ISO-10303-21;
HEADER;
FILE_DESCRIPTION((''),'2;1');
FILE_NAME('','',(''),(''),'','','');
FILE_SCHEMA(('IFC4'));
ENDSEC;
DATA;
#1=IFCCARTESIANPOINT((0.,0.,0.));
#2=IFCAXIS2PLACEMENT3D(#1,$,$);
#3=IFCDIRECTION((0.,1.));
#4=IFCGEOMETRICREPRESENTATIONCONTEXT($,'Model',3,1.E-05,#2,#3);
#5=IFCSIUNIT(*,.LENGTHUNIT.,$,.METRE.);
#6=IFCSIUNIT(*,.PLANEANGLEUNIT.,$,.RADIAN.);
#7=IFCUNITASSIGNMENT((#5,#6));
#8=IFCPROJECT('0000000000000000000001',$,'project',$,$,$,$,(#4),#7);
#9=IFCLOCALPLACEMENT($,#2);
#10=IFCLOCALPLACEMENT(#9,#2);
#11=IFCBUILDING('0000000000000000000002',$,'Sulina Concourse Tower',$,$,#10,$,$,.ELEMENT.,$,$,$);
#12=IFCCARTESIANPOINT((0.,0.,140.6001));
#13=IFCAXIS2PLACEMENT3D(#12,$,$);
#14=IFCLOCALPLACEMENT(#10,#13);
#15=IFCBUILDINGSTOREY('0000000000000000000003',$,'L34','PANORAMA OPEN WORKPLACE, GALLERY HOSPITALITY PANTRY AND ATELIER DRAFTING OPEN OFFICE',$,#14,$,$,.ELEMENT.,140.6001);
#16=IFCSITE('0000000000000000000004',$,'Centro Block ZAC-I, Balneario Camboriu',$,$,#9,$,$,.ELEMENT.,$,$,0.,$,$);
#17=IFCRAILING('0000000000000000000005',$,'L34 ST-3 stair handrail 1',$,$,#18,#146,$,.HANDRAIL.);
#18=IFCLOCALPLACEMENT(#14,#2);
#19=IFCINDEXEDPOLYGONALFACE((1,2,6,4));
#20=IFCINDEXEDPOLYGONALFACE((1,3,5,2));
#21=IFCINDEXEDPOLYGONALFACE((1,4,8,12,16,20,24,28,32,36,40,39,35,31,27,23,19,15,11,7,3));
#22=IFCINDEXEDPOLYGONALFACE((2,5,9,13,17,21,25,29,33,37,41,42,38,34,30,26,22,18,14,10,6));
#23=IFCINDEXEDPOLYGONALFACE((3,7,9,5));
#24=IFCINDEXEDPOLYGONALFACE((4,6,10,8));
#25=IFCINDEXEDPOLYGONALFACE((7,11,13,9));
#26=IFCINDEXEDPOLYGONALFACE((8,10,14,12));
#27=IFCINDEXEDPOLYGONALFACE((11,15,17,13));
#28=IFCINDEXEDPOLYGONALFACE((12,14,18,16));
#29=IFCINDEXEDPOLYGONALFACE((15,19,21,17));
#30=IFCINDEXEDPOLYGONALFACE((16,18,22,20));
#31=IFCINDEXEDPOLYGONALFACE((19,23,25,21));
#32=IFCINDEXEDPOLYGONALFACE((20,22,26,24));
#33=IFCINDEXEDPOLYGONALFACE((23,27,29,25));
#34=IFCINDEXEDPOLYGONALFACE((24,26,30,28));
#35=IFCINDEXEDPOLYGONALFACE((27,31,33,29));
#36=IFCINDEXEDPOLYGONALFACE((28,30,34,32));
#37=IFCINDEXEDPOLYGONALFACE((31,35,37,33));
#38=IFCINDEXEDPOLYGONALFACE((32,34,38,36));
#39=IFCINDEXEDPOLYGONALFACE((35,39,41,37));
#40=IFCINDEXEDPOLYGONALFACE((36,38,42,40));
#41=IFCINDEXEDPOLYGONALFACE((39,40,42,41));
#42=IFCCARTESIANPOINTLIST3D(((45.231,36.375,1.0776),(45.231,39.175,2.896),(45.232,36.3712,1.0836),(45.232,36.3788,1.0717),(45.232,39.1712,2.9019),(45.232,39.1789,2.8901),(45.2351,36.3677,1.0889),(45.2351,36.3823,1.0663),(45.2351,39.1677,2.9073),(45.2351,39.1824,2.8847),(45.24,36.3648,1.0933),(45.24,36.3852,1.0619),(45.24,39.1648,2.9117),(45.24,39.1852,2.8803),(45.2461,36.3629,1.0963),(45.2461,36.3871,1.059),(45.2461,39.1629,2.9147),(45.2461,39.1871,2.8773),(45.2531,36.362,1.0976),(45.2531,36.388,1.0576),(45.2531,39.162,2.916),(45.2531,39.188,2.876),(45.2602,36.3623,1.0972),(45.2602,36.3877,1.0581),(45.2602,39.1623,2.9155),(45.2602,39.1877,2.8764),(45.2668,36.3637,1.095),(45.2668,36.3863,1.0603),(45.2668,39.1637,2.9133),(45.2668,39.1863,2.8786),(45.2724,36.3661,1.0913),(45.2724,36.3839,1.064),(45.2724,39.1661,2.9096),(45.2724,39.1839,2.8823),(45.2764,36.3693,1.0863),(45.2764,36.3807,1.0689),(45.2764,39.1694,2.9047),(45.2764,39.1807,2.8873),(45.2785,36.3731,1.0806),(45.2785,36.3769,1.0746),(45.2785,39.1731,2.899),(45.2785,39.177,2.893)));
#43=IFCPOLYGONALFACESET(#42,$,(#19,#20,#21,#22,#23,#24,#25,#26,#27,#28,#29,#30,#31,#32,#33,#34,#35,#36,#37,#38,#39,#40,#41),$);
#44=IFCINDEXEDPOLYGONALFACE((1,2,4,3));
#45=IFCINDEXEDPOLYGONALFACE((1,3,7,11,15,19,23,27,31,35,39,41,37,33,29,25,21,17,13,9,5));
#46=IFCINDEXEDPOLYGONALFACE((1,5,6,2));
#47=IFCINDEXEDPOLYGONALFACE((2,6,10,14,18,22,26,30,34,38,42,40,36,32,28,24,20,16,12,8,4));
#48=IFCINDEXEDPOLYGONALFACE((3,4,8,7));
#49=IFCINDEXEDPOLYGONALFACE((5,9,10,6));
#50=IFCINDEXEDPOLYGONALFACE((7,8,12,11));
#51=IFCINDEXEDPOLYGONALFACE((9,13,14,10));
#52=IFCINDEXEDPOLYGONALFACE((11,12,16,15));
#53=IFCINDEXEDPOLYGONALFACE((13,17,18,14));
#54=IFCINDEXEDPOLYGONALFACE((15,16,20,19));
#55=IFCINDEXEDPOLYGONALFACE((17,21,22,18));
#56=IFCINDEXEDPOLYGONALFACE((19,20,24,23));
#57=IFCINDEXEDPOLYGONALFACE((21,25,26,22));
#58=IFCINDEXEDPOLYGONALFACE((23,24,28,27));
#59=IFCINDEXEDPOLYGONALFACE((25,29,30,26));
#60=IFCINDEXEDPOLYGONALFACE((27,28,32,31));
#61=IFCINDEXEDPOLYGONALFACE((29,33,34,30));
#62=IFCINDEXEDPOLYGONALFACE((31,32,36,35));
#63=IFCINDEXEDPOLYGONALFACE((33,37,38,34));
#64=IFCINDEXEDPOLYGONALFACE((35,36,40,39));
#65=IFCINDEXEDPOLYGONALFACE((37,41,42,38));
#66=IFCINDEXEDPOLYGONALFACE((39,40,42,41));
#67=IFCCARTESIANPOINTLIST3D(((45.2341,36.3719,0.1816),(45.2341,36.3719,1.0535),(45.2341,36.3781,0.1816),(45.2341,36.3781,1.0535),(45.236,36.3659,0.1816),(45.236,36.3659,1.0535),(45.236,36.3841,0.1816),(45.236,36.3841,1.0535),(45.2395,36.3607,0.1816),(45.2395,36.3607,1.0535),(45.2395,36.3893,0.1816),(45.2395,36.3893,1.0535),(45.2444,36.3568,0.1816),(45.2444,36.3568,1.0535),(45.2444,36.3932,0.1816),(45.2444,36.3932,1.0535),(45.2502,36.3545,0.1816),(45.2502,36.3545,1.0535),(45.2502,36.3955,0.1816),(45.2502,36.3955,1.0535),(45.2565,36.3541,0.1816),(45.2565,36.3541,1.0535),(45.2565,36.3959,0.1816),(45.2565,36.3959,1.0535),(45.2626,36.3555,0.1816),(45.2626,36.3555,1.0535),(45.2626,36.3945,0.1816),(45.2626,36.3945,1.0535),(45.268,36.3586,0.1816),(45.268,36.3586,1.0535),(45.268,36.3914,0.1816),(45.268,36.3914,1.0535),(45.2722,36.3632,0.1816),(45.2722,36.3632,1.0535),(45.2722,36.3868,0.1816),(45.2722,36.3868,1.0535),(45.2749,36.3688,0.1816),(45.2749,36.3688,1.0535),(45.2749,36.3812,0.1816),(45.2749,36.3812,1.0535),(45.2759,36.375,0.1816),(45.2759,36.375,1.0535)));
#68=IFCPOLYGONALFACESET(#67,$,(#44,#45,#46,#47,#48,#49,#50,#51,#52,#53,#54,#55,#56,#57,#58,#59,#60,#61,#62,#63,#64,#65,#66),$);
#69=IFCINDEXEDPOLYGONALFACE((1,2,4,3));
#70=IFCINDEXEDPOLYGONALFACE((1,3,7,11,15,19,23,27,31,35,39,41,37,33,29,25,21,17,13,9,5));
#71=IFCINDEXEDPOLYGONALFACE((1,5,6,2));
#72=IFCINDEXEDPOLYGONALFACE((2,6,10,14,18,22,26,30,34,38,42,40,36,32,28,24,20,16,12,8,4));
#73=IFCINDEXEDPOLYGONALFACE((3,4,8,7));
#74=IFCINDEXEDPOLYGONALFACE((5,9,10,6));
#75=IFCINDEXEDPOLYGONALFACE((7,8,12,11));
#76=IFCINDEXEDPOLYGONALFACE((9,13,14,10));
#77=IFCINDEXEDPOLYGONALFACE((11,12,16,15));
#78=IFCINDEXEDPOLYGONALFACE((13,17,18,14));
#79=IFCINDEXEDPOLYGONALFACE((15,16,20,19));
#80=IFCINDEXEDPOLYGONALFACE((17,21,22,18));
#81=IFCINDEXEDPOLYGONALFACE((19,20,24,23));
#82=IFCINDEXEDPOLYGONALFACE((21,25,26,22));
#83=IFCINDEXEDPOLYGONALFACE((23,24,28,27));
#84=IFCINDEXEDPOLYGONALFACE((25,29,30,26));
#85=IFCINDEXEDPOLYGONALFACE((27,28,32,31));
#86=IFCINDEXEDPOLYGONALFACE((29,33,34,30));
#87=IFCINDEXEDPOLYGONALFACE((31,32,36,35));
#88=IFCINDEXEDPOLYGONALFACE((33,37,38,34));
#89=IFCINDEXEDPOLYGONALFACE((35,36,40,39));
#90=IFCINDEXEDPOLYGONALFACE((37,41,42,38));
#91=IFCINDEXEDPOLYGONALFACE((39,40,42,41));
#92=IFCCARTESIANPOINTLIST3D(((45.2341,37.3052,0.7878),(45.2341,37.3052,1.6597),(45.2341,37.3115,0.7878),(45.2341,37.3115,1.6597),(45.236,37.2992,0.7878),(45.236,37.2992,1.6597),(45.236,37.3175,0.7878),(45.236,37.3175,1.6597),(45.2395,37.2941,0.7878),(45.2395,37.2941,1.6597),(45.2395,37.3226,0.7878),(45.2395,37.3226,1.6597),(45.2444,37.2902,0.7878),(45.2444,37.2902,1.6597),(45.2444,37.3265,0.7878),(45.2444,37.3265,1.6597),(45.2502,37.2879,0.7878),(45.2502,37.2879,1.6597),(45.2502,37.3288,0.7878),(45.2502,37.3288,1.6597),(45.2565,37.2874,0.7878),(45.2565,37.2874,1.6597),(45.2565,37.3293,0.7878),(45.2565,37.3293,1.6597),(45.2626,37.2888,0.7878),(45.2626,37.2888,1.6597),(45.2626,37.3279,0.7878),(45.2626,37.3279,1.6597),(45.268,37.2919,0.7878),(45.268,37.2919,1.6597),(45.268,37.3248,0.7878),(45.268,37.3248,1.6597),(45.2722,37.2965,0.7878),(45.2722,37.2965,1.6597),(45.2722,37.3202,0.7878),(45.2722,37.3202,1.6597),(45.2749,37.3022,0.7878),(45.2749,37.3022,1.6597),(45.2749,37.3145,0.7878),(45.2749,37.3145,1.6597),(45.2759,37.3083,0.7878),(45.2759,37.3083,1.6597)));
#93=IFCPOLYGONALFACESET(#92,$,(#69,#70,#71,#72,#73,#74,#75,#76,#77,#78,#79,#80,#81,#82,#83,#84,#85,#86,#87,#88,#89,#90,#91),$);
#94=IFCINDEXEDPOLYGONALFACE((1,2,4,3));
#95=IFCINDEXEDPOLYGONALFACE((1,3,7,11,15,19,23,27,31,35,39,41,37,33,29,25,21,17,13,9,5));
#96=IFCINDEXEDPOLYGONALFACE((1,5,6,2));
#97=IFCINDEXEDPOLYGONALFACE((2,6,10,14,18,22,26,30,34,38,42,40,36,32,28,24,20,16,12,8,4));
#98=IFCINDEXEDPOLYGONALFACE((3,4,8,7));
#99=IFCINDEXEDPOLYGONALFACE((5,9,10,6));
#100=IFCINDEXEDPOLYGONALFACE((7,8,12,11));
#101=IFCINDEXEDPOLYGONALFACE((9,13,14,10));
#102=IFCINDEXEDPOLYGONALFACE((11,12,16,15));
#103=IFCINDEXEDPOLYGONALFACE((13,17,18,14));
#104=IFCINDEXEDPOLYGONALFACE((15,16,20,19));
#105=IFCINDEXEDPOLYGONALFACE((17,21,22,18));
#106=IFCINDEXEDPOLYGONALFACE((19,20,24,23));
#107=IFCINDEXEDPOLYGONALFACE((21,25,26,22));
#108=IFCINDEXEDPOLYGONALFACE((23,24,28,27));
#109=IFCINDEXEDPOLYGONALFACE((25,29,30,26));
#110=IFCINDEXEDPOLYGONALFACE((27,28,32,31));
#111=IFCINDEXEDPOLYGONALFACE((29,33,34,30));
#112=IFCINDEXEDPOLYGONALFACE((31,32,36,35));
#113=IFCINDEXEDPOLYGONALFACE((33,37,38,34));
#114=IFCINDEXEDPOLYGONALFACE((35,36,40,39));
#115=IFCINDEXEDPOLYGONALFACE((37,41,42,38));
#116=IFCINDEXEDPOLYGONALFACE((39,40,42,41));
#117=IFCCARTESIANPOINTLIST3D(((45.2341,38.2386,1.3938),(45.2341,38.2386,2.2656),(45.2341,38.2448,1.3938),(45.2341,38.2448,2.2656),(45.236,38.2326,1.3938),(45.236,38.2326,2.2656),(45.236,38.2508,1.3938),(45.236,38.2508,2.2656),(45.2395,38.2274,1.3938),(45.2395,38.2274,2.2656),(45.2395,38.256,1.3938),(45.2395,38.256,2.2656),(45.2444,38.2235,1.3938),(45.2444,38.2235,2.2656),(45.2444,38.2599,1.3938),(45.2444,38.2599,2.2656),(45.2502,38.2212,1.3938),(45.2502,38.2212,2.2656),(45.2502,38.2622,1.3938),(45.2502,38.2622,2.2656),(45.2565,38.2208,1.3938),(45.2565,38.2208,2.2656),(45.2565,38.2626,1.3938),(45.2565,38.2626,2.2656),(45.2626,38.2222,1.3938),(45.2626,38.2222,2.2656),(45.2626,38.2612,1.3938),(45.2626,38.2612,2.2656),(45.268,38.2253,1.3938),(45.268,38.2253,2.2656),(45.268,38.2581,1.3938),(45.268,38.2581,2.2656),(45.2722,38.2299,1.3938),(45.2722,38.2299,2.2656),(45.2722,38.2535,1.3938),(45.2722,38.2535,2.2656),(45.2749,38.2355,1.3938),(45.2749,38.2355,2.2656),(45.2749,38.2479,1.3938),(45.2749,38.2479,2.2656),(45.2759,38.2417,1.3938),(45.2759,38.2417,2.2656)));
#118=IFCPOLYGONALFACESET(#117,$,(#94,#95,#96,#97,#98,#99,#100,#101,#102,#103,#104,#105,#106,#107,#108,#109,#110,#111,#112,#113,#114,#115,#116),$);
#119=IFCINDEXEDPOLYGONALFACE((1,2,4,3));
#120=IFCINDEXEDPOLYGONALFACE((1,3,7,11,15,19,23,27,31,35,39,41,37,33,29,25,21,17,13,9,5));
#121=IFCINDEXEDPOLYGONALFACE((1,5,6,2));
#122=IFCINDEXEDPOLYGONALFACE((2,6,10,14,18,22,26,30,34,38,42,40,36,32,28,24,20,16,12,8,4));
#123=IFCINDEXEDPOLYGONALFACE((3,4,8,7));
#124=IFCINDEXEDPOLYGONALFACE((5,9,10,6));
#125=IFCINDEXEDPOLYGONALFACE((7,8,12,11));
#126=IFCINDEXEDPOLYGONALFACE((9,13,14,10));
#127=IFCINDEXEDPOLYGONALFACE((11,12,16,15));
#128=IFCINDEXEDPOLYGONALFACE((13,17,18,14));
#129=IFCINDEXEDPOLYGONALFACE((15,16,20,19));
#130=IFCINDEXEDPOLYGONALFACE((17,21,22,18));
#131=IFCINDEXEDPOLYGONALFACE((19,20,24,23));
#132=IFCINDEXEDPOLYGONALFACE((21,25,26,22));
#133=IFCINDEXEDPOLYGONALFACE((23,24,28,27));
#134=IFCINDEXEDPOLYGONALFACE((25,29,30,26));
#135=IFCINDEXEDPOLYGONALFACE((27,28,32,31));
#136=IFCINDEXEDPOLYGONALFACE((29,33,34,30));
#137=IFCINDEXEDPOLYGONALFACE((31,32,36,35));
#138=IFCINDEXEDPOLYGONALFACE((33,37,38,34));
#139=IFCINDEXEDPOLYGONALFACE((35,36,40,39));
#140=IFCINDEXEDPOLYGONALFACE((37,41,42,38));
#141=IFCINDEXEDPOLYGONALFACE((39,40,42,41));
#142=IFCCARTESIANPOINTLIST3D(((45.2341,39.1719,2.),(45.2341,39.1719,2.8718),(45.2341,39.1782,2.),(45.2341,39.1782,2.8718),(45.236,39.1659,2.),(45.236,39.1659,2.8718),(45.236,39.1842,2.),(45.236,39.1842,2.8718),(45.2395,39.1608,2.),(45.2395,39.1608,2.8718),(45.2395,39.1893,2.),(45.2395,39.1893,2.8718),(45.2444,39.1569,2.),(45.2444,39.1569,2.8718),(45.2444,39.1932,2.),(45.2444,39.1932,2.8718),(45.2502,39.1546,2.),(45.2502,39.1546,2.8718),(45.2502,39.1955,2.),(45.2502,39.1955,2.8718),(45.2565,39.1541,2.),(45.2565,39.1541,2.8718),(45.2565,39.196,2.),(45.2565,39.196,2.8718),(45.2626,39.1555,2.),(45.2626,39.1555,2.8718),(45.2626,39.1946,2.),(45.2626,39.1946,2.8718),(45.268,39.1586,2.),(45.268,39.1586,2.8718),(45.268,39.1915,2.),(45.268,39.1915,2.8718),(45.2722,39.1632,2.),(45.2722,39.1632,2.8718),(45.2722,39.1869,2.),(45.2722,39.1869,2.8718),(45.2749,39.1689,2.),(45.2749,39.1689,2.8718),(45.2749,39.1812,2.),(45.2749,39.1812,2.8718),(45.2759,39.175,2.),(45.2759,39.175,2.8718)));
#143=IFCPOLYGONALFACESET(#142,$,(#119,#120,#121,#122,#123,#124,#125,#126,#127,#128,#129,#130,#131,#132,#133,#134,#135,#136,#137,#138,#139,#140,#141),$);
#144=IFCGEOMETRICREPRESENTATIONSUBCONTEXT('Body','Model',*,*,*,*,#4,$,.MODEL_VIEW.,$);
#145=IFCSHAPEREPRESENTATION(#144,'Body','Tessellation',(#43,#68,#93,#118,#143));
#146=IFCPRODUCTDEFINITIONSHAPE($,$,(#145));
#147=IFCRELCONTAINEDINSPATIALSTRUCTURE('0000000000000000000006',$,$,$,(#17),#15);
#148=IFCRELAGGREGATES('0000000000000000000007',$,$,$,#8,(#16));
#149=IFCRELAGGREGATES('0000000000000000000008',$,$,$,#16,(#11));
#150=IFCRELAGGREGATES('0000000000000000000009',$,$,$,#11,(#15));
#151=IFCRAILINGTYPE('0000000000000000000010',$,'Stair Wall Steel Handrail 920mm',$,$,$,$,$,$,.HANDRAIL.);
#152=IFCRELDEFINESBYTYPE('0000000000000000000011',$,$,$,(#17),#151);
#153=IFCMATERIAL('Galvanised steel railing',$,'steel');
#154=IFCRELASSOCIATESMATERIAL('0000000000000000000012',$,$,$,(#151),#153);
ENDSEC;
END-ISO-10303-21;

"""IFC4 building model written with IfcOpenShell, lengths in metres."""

from ifc_helpers import new_model, si_unit, direction, frame, origin, origin_2d, place, context, subcontext, project, spatial, circle, extrude, material, type_object, element, save


model = new_model("IFC4")

# Units and contexts
model_context = context("Model", 3, precision=1e-05, world=origin(), true_north=direction((0.0, 1.0)))
body_context = subcontext(model_context, "Body", "Model", "MODEL_VIEW")
ifc_project = project(units=[si_unit("LENGTHUNIT", "METRE"), si_unit("PLANEANGLEUNIT", "RADIAN")], contexts=[model_context])

# Site, building, storey
site_placement = place(None, origin())
site = spatial("IfcSite", under=ifc_project, at=site_placement, Name="Centro Block ZAC-I, Balneario Camboriu", CompositionType="ELEMENT", RefElevation=0.0)
building_placement = place(site_placement, origin())
building = spatial("IfcBuilding", under=site, at=building_placement, Name="Sulina Concourse Tower", CompositionType="ELEMENT")
storey_placement = place(building_placement, frame((0.0, 0.0, 140.6001)))
storey = spatial("IfcBuildingStorey", under=building, at=storey_placement, Name="L34", Description="PANORAMA OPEN WORKPLACE, GALLERY HOSPITALITY PANTRY AND ATELIER DRAFTING OPEN OFFICE", CompositionType="ELEMENT", Elevation=140.6001)

# Railing
ifc_material_1 = material(Name="Galvanised steel railing", Category="steel")
railing_type_1 = type_object("IfcRailingType", Name="Stair Wall Steel Handrail 920mm", PredefinedType="HANDRAIL", material=ifc_material_1)
for number, where, name in (
    (1, (45.2549, 36.375, 0.1816), "L34 ST-3 stair handrail 1"),
):
    element("IfcRailing", number, at=place(storey_placement, frame(where)), inside=storey, type_object=railing_type_1, Name=name, PredefinedType="HANDRAIL", context=body_context, shape_type="SweptSolid", body=[
        extrude(circle(Radius=0.0239, at=origin_2d()), frame((0.0, 0.0, 0.896), z_axis=(0.0, 0.838672, 0.544636), x_axis=(-1.0, 0.0, 0.0)), (0.0, 0.0, 1.0), 3.3386),
        extrude(circle(Radius=0.021, at=origin_2d()), origin(), (0.0, 0.0, 1.0), 0.8718),
        extrude(circle(Radius=0.021, at=origin_2d()), frame((0.0, 0.9333, 0.6062)), (0.0, 0.0, 1.0), 0.8718),
        extrude(circle(Radius=0.021, at=origin_2d()), frame((0.0, 1.8667, 1.2122)), (0.0, 0.0, 1.0), 0.8718),
        extrude(circle(Radius=0.021, at=origin_2d()), frame((0.0, 2.8, 1.8184)), (0.0, 0.0, 1.0), 0.8718),
    ])

save(model, "model.ifc")
